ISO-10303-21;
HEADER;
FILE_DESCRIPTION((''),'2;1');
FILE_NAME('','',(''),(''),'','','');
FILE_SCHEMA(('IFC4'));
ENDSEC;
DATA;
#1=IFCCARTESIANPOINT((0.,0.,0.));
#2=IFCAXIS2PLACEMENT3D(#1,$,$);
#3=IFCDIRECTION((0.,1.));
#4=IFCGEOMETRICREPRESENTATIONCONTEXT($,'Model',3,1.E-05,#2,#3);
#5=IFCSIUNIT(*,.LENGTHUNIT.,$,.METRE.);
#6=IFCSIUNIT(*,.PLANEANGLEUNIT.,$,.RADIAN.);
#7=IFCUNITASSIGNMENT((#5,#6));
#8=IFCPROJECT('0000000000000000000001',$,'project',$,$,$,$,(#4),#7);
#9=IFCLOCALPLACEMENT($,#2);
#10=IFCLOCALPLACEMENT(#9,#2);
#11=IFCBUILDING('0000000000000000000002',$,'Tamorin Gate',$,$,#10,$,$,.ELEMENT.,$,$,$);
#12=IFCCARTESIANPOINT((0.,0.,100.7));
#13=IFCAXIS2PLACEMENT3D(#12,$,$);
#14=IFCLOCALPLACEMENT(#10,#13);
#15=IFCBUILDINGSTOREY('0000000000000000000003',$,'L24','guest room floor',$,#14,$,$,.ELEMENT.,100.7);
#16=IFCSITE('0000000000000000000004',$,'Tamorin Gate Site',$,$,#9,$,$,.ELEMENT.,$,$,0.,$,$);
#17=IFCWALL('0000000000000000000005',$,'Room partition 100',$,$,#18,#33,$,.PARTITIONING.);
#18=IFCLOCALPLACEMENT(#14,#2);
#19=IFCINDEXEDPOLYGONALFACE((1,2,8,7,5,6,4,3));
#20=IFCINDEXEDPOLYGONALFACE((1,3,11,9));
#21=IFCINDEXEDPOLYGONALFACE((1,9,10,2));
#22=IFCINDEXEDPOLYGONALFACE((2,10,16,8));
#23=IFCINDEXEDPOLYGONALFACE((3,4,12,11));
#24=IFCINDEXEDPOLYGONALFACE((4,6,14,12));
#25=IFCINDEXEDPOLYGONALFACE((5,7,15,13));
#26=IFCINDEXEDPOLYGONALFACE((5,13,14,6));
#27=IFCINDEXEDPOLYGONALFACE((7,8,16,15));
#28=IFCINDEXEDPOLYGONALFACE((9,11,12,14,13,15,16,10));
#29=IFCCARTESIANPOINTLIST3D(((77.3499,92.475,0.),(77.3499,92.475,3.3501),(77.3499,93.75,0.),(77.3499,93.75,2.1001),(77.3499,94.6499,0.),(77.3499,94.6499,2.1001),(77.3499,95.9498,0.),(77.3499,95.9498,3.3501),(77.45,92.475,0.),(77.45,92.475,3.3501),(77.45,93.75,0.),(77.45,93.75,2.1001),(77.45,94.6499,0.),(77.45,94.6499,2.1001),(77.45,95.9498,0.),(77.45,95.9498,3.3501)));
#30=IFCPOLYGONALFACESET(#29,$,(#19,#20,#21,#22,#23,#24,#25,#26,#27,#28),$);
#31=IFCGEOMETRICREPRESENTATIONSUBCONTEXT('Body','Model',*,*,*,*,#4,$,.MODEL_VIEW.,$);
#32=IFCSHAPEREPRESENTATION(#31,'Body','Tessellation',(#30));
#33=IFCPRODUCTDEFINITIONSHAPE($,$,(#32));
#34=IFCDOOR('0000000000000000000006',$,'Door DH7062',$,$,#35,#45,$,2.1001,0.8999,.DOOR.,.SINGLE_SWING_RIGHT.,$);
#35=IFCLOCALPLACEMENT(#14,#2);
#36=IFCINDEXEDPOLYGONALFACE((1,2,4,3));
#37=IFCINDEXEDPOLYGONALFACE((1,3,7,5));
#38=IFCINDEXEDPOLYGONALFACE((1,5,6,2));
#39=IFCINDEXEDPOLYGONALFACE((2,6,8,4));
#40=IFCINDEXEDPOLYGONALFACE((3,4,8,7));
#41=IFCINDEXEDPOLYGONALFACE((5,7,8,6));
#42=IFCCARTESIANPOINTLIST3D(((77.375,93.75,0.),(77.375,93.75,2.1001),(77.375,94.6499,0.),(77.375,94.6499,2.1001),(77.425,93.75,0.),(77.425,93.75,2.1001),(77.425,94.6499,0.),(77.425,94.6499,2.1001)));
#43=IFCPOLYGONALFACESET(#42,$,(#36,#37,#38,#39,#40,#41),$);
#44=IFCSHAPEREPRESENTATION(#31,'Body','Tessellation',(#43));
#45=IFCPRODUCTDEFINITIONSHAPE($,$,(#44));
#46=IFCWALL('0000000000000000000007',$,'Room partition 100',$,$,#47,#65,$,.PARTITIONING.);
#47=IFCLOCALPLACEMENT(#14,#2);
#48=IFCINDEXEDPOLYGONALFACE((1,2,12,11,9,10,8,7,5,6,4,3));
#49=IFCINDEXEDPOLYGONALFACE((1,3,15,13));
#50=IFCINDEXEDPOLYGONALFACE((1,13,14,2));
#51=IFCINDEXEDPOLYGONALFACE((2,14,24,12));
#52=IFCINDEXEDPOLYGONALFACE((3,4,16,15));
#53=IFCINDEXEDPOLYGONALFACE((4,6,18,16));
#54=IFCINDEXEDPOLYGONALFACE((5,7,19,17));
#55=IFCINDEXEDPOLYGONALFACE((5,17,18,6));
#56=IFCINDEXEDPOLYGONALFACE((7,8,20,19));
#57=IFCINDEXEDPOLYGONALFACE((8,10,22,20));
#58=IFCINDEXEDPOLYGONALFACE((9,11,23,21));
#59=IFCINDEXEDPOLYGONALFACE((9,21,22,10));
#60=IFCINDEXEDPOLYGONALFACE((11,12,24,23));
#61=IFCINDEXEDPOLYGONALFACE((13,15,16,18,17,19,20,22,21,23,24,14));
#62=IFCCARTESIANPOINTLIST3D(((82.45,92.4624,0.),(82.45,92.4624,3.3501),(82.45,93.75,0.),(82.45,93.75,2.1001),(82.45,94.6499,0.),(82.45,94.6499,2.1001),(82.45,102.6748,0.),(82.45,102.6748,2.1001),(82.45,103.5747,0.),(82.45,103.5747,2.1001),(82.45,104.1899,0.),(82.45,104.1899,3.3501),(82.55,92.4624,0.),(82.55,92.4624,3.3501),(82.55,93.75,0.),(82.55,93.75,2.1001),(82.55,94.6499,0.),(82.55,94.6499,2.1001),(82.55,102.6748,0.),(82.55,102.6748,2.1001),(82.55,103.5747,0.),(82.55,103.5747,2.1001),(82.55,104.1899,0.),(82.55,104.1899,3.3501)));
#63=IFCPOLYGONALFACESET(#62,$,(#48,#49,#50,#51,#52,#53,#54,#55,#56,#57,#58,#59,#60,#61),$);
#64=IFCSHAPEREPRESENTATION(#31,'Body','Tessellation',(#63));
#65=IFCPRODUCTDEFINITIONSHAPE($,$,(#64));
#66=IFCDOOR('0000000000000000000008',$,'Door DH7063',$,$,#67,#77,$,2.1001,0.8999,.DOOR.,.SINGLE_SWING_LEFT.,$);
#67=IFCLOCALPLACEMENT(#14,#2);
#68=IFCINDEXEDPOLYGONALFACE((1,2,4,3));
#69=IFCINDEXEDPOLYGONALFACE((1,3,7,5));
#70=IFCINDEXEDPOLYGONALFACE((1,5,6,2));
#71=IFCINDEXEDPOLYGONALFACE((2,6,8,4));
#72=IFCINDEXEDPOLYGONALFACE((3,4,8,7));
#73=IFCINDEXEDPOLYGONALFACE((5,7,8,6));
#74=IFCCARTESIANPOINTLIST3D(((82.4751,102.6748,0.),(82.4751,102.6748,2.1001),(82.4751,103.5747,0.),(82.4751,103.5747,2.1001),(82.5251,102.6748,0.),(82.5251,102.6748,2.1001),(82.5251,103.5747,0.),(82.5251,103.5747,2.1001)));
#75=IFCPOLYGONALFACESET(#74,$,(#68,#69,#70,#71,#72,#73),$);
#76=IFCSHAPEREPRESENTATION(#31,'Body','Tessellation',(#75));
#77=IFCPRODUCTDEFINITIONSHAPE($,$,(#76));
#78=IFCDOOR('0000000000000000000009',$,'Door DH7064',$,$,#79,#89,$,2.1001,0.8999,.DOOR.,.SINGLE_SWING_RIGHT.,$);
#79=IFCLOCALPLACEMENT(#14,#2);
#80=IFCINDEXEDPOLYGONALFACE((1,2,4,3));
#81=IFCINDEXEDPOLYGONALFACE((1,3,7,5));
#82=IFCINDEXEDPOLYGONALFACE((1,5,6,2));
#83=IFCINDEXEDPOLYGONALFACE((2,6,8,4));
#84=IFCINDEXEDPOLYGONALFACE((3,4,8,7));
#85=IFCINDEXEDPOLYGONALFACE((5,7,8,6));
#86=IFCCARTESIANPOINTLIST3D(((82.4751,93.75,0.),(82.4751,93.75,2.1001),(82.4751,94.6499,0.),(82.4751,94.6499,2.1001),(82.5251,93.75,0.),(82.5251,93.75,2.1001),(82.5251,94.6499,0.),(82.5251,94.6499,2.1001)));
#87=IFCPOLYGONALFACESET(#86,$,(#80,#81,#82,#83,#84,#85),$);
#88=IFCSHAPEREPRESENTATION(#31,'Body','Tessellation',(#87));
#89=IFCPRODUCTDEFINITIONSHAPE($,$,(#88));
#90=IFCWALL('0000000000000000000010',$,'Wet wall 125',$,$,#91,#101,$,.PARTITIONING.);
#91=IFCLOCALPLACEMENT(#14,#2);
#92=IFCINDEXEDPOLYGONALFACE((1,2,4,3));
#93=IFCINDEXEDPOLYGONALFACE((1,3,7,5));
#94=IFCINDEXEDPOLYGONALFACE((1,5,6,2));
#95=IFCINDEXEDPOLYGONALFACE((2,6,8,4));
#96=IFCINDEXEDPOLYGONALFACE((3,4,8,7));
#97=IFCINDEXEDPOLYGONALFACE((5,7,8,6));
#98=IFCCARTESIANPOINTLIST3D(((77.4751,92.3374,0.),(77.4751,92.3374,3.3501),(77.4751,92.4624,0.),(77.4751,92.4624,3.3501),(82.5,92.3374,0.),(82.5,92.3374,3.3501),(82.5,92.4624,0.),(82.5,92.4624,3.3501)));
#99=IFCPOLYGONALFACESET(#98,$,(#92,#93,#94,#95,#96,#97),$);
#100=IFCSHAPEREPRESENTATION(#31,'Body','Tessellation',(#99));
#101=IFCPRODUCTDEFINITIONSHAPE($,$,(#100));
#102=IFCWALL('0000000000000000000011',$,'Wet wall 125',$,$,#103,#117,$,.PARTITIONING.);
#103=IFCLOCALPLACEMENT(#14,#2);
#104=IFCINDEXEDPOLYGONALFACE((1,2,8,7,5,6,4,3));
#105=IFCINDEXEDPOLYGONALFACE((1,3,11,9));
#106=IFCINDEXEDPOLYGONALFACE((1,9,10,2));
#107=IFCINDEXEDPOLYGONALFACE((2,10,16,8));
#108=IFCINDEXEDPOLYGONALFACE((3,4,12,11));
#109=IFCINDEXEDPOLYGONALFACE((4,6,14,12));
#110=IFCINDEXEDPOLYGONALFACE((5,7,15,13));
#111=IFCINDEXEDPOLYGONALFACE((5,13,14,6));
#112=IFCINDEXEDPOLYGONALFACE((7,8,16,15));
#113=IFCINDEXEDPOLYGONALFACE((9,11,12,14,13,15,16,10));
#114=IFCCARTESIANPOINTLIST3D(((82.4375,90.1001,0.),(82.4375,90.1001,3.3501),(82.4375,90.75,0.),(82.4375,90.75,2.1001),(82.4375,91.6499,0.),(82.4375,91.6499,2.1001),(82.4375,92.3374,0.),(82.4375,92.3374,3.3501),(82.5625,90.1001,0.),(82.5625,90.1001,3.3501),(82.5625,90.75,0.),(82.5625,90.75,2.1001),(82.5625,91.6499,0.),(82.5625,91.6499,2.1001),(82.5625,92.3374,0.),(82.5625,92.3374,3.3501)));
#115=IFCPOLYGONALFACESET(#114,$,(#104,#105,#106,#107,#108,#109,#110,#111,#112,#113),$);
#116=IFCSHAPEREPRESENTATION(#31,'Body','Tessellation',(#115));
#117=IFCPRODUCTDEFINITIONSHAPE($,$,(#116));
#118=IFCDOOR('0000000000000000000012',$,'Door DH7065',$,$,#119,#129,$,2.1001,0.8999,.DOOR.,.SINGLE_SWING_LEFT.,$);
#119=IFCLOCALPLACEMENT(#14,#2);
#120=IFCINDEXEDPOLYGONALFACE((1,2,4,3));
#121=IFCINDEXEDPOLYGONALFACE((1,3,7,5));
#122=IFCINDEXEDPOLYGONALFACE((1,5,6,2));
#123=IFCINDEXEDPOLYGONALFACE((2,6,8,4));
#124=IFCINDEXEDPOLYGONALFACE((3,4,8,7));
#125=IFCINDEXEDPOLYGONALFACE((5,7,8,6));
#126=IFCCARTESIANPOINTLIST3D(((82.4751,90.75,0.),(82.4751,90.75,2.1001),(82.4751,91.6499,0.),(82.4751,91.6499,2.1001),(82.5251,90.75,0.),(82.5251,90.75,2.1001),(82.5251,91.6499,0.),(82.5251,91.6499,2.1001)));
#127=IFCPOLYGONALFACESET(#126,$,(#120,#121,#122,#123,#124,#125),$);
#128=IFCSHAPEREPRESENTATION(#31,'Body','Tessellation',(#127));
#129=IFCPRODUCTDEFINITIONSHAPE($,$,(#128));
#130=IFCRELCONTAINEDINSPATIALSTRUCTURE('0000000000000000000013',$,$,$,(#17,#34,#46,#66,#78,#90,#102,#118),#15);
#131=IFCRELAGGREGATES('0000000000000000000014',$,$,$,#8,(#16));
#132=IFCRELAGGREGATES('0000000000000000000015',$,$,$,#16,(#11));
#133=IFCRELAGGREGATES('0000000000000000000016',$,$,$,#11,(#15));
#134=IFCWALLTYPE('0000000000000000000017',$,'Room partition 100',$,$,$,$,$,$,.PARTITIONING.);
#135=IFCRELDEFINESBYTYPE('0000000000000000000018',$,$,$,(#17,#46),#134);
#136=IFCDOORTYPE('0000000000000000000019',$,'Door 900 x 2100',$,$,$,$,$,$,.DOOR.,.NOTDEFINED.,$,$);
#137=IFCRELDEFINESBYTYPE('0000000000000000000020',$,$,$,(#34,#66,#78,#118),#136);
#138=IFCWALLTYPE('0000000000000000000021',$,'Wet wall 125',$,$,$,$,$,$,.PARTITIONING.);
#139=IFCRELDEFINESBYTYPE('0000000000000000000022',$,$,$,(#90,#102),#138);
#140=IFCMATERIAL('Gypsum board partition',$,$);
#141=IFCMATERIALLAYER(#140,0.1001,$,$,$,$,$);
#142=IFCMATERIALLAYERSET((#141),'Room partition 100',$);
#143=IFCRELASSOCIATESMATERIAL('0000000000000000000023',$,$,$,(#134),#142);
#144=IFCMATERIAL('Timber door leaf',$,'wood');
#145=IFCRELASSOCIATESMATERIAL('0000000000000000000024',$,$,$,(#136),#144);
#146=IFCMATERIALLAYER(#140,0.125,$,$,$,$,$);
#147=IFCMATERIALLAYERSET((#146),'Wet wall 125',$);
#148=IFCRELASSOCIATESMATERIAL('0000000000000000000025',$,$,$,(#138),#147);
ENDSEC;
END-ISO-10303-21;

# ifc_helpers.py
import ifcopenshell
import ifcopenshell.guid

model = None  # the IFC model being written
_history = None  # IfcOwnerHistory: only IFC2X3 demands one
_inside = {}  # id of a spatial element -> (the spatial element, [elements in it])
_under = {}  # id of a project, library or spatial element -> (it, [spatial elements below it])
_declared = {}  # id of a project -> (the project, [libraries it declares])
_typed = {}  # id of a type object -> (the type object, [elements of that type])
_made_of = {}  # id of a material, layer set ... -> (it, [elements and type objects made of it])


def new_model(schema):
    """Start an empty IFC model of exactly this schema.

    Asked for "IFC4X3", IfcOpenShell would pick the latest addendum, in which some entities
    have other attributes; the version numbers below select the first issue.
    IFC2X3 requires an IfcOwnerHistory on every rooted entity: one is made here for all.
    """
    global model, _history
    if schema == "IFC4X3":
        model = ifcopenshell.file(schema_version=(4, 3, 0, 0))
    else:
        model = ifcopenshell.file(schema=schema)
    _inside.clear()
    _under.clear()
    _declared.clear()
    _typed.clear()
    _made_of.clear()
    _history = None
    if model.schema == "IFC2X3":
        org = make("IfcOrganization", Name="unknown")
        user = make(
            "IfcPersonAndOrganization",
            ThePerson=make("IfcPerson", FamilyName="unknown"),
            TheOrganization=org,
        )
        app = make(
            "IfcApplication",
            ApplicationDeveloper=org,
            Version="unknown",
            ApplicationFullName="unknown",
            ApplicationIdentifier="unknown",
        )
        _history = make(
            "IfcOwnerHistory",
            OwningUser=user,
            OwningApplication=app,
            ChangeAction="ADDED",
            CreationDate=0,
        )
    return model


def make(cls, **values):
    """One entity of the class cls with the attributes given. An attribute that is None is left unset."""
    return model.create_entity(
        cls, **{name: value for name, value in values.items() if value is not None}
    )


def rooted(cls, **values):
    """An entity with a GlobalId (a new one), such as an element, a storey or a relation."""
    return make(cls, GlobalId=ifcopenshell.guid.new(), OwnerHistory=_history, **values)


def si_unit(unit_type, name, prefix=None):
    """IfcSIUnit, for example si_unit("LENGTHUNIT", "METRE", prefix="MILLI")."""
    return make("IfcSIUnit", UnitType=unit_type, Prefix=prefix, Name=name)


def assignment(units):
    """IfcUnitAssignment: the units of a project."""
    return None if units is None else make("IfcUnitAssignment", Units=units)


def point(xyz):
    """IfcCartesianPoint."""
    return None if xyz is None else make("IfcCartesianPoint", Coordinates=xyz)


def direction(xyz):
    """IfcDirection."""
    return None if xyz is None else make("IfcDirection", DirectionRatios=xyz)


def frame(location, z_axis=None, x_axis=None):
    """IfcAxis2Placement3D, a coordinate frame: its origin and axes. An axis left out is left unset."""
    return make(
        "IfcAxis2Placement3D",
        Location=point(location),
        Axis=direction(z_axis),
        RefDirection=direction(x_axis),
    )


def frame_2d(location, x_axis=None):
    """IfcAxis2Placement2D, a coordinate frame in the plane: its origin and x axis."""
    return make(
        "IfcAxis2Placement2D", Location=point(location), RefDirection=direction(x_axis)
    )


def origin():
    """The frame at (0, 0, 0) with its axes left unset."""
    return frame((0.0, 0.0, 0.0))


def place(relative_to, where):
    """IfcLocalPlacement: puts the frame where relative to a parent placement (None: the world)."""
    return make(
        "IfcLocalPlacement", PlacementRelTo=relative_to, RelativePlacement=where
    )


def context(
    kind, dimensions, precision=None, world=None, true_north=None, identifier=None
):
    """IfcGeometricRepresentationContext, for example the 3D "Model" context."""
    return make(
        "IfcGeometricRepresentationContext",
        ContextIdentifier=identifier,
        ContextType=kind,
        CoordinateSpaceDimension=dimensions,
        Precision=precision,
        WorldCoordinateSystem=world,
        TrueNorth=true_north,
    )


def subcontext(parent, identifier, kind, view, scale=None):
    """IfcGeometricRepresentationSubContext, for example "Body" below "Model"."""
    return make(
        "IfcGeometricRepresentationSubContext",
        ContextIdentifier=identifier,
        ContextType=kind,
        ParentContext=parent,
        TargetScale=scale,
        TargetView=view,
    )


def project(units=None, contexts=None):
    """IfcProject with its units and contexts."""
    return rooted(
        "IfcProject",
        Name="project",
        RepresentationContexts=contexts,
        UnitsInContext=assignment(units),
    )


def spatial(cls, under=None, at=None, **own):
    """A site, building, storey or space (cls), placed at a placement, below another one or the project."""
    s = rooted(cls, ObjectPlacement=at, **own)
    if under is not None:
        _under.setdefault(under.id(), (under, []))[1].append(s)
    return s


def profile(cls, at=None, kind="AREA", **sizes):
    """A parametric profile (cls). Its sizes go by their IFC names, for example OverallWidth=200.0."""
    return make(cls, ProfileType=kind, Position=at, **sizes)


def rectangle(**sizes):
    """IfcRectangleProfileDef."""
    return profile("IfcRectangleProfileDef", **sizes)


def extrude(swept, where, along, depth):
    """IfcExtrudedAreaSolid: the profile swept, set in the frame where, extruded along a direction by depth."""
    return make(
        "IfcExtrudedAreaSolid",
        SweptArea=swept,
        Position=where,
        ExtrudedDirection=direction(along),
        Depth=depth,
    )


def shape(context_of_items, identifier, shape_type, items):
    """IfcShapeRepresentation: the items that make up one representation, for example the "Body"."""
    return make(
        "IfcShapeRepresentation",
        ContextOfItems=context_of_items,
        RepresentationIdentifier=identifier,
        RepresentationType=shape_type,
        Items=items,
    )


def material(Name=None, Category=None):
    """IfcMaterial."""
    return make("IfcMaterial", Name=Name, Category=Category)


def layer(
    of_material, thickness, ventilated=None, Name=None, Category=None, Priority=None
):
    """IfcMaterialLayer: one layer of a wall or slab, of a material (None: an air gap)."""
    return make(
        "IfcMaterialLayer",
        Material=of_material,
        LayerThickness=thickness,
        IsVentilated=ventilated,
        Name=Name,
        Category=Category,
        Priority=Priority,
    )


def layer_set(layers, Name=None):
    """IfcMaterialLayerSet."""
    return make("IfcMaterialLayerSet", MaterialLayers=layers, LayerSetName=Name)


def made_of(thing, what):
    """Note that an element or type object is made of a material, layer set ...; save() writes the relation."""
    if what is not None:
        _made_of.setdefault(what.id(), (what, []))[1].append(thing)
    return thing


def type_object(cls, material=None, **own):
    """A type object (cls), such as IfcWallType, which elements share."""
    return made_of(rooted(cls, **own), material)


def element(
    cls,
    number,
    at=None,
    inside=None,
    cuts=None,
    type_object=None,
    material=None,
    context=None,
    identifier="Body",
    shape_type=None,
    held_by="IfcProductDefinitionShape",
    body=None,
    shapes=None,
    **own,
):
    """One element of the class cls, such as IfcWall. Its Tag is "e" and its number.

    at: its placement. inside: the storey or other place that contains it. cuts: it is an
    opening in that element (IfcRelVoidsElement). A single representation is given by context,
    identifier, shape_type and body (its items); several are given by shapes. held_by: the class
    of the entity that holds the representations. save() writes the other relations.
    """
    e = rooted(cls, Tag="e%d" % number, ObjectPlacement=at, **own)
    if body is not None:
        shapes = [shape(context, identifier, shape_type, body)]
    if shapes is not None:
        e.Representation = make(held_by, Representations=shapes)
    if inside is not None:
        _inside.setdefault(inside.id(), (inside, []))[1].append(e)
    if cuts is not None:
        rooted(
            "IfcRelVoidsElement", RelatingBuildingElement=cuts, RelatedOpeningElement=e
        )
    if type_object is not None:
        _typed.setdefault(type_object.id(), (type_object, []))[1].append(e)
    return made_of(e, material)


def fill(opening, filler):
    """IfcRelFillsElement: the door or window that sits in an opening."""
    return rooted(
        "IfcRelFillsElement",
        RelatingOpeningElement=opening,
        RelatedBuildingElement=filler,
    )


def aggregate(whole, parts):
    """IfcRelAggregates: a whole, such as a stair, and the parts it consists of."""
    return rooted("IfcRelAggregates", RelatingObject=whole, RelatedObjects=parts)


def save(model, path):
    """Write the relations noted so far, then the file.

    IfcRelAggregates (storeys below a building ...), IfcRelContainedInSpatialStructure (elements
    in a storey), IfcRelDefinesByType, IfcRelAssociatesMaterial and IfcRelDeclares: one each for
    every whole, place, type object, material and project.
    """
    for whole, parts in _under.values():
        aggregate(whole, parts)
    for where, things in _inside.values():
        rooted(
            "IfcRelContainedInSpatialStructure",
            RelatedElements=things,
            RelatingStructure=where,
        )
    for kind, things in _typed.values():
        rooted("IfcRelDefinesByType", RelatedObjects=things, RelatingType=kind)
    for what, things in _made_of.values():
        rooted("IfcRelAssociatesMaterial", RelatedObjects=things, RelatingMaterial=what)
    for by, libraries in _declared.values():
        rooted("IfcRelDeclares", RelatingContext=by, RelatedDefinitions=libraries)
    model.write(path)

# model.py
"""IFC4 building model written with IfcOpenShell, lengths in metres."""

from ifc_helpers import new_model, si_unit, direction, frame, frame_2d, origin, place, context, subcontext, project, spatial, rectangle, extrude, material, layer, layer_set, type_object, element, fill, save


model = new_model("IFC4")

# Units and contexts
model_context = context("Model", 3, precision=1e-05, world=origin(), true_north=direction((0.0, 1.0)))
body_context = subcontext(model_context, "Body", "Model", "MODEL_VIEW")
ifc_project = project(units=[si_unit("LENGTHUNIT", "METRE"), si_unit("PLANEANGLEUNIT", "RADIAN")], contexts=[model_context])

# Site, building, storey
site_placement = place(None, origin())
site = spatial("IfcSite", under=ifc_project, at=site_placement, Name="Tamorin Gate Site", CompositionType="ELEMENT", RefElevation=0.0)
building_placement = place(site_placement, origin())
building = spatial("IfcBuilding", under=site, at=building_placement, Name="Tamorin Gate", CompositionType="ELEMENT")
storey_placement = place(building_placement, frame((0.0, 0.0, 100.7)))
storey = spatial("IfcBuildingStorey", under=building, at=storey_placement, Name="L24", Description="guest room floor", CompositionType="ELEMENT", Elevation=100.7)

# Shared definitions
ifc_material_1 = material(Name="Gypsum board partition")

# Wall, opening, door
ifc_layer_1 = layer(ifc_material_1, 0.1001)
ifc_layer_set_1 = layer_set([ifc_layer_1], Name="Room partition 100")
wall_type_1 = type_object("IfcWallType", Name="Room partition 100", PredefinedType="PARTITIONING", material=ifc_layer_set_1)
ifc_material_2 = material(Name="Timber door leaf", Category="wood")
door_type = type_object("IfcDoorType", Name="Door 900 x 2100", OperationType="NOTDEFINED", PredefinedType="DOOR", material=ifc_material_2)
wall_1_placement = place(storey_placement, frame((77.3999, 92.4751, 0.0), z_axis=(0.0, 0.0, 1.0), x_axis=(0.0, 1.0, 0.0)))
wall_1 = element("IfcWall", 1, at=wall_1_placement, inside=storey, type_object=wall_type_1, Name="Room partition 100", PredefinedType="PARTITIONING", context=body_context, shape_type="SweptSolid", body=[
    extrude(rectangle(XDim=3.4749, YDim=0.1001, at=frame_2d((1.7373, 0.0))), origin(), (0.0, 0.0, 1.0), 3.3501),
])
opening_1_placement = place(wall_1_placement, frame((1.2749, 0.0, 0.0)))
opening_1 = element("IfcOpeningElement", 2, at=opening_1_placement, cuts=wall_1, PredefinedType="OPENING", context=body_context, shape_type="SweptSolid", body=[
    extrude(rectangle(XDim=0.8999, YDim=2.1001, at=frame_2d((0.45, 1.05))), frame((0.0, 0.0601, 0.0), z_axis=(0.0, -1.0, 0.0), x_axis=(1.0, 0.0, 0.0)), (0.0, 0.0, 1.0), 0.1201),
])
door_1_placement = place(opening_1_placement, origin())
door_1 = element("IfcDoor", 3, at=door_1_placement, inside=storey, type_object=door_type, Name="Door DH7062", OperationType="SINGLE_SWING_RIGHT", OverallHeight=2.1001, OverallWidth=0.8999, PredefinedType="DOOR", context=body_context, shape_type="SweptSolid", body=[
    extrude(rectangle(XDim=0.8999, YDim=2.1001, at=frame_2d((0.45, 1.05))), frame((0.0, 0.0249, 0.0), z_axis=(0.0, -1.0, 0.0), x_axis=(1.0, 0.0, 0.0)), (0.0, 0.0, 1.0), 0.05),
])
fill(opening_1, door_1)

# Wall, openings, doors
wall_2_placement = place(storey_placement, frame((82.5, 92.4624, 0.0), z_axis=(0.0, 0.0, 1.0), x_axis=(0.0, 1.0, 0.0)))
wall_2 = element("IfcWall", 4, at=wall_2_placement, inside=storey, type_object=wall_type_1, Name="Room partition 100", PredefinedType="PARTITIONING", context=body_context, shape_type="SweptSolid", body=[
    extrude(rectangle(XDim=11.7275, YDim=0.1001, at=frame_2d((5.8638, 0.0))), origin(), (0.0, 0.0, 1.0), 3.3501),
])
opening_2_placement = place(wall_2_placement, frame((10.2124, 0.0, 0.0)))
opening_2 = element("IfcOpeningElement", 5, at=opening_2_placement, cuts=wall_2, PredefinedType="OPENING", context=body_context, shape_type="SweptSolid", body=[
    extrude(rectangle(XDim=0.8999, YDim=2.1001, at=frame_2d((0.45, 1.05))), frame((0.0, 0.0601, 0.0), z_axis=(0.0, -1.0, 0.0), x_axis=(1.0, 0.0, 0.0)), (0.0, 0.0, 1.0), 0.1201),
])
opening_3_placement = place(wall_2_placement, frame((1.2876, 0.0, 0.0)))
opening_3 = element("IfcOpeningElement", 6, at=opening_3_placement, cuts=wall_2, PredefinedType="OPENING", context=body_context, shape_type="SweptSolid", body=[
    extrude(rectangle(XDim=0.8999, YDim=2.1001, at=frame_2d((0.45, 1.05))), frame((0.0, 0.0601, 0.0), z_axis=(0.0, -1.0, 0.0), x_axis=(1.0, 0.0, 0.0)), (0.0, 0.0, 1.0), 0.1201),
])
door_2_placement = place(opening_2_placement, origin())
door_2 = element("IfcDoor", 7, at=door_2_placement, inside=storey, type_object=door_type, Name="Door DH7063", OperationType="SINGLE_SWING_LEFT", OverallHeight=2.1001, OverallWidth=0.8999, PredefinedType="DOOR", context=body_context, shape_type="SweptSolid", body=[
    extrude(rectangle(XDim=0.8999, YDim=2.1001, at=frame_2d((0.45, 1.05))), frame((0.0, 0.0249, 0.0), z_axis=(0.0, -1.0, 0.0), x_axis=(1.0, 0.0, 0.0)), (0.0, 0.0, 1.0), 0.05),
])
fill(opening_2, door_2)
door_3_placement = place(opening_3_placement, origin())
door_3 = element("IfcDoor", 8, at=door_3_placement, inside=storey, type_object=door_type, Name="Door DH7064", OperationType="SINGLE_SWING_RIGHT", OverallHeight=2.1001, OverallWidth=0.8999, PredefinedType="DOOR", context=body_context, shape_type="SweptSolid", body=[
    extrude(rectangle(XDim=0.8999, YDim=2.1001, at=frame_2d((0.45, 1.05))), frame((0.0, 0.0249, 0.0), z_axis=(0.0, -1.0, 0.0), x_axis=(1.0, 0.0, 0.0)), (0.0, 0.0, 1.0), 0.05),
])
fill(opening_3, door_3)

# Wall
ifc_layer_2 = layer(ifc_material_1, 0.125)
ifc_layer_set_2 = layer_set([ifc_layer_2], Name="Wet wall 125")
wall_type_2 = type_object("IfcWallType", Name="Wet wall 125", PredefinedType="PARTITIONING", material=ifc_layer_set_2)
wall_3_placement = place(storey_placement, frame((77.4751, 92.3999, 0.0), z_axis=(0.0, 0.0, 1.0), x_axis=(1.0, 0.0, 0.0)))
element("IfcWall", 9, at=wall_3_placement, inside=storey, type_object=wall_type_2, Name="Wet wall 125", PredefinedType="PARTITIONING", context=body_context, shape_type="SweptSolid", body=[
    extrude(rectangle(XDim=5.0249, YDim=0.125, at=frame_2d((2.5125, 0.0))), origin(), (0.0, 0.0, 1.0), 3.3501),
])

# Wall, opening, door
wall_4_placement = place(storey_placement, frame((82.5, 90.1001, 0.0), z_axis=(0.0, 0.0, 1.0), x_axis=(0.0, 1.0, 0.0)))
wall_4 = element("IfcWall", 10, at=wall_4_placement, inside=storey, type_object=wall_type_2, Name="Wet wall 125", PredefinedType="PARTITIONING", context=body_context, shape_type="SweptSolid", body=[
    extrude(rectangle(XDim=2.2373, YDim=0.125, at=frame_2d((1.1187, 0.0))), origin(), (0.0, 0.0, 1.0), 3.3501),
])
opening_4_placement = place(wall_4_placement, frame((0.6499, 0.0, 0.0)))
opening_4 = element("IfcOpeningElement", 11, at=opening_4_placement, cuts=wall_4, PredefinedType="OPENING", context=body_context, shape_type="SweptSolid", body=[
    extrude(rectangle(XDim=0.8999, YDim=2.1001, at=frame_2d((0.45, 1.05))), frame((0.0, 0.0725, 0.0), z_axis=(0.0, -1.0, 0.0), x_axis=(1.0, 0.0, 0.0)), (0.0, 0.0, 1.0), 0.145),
])
door_4_placement = place(opening_4_placement, origin())
door_4 = element("IfcDoor", 12, at=door_4_placement, inside=storey, type_object=door_type, Name="Door DH7065", OperationType="SINGLE_SWING_LEFT", OverallHeight=2.1001, OverallWidth=0.8999, PredefinedType="DOOR", context=body_context, shape_type="SweptSolid", body=[
    extrude(rectangle(XDim=0.8999, YDim=2.1001, at=frame_2d((0.45, 1.05))), frame((0.0, 0.0249, 0.0), z_axis=(0.0, -1.0, 0.0), x_axis=(1.0, 0.0, 0.0)), (0.0, 0.0, 1.0), 0.05),
])
fill(opening_4, door_4)

save(model, "model.ifc")
